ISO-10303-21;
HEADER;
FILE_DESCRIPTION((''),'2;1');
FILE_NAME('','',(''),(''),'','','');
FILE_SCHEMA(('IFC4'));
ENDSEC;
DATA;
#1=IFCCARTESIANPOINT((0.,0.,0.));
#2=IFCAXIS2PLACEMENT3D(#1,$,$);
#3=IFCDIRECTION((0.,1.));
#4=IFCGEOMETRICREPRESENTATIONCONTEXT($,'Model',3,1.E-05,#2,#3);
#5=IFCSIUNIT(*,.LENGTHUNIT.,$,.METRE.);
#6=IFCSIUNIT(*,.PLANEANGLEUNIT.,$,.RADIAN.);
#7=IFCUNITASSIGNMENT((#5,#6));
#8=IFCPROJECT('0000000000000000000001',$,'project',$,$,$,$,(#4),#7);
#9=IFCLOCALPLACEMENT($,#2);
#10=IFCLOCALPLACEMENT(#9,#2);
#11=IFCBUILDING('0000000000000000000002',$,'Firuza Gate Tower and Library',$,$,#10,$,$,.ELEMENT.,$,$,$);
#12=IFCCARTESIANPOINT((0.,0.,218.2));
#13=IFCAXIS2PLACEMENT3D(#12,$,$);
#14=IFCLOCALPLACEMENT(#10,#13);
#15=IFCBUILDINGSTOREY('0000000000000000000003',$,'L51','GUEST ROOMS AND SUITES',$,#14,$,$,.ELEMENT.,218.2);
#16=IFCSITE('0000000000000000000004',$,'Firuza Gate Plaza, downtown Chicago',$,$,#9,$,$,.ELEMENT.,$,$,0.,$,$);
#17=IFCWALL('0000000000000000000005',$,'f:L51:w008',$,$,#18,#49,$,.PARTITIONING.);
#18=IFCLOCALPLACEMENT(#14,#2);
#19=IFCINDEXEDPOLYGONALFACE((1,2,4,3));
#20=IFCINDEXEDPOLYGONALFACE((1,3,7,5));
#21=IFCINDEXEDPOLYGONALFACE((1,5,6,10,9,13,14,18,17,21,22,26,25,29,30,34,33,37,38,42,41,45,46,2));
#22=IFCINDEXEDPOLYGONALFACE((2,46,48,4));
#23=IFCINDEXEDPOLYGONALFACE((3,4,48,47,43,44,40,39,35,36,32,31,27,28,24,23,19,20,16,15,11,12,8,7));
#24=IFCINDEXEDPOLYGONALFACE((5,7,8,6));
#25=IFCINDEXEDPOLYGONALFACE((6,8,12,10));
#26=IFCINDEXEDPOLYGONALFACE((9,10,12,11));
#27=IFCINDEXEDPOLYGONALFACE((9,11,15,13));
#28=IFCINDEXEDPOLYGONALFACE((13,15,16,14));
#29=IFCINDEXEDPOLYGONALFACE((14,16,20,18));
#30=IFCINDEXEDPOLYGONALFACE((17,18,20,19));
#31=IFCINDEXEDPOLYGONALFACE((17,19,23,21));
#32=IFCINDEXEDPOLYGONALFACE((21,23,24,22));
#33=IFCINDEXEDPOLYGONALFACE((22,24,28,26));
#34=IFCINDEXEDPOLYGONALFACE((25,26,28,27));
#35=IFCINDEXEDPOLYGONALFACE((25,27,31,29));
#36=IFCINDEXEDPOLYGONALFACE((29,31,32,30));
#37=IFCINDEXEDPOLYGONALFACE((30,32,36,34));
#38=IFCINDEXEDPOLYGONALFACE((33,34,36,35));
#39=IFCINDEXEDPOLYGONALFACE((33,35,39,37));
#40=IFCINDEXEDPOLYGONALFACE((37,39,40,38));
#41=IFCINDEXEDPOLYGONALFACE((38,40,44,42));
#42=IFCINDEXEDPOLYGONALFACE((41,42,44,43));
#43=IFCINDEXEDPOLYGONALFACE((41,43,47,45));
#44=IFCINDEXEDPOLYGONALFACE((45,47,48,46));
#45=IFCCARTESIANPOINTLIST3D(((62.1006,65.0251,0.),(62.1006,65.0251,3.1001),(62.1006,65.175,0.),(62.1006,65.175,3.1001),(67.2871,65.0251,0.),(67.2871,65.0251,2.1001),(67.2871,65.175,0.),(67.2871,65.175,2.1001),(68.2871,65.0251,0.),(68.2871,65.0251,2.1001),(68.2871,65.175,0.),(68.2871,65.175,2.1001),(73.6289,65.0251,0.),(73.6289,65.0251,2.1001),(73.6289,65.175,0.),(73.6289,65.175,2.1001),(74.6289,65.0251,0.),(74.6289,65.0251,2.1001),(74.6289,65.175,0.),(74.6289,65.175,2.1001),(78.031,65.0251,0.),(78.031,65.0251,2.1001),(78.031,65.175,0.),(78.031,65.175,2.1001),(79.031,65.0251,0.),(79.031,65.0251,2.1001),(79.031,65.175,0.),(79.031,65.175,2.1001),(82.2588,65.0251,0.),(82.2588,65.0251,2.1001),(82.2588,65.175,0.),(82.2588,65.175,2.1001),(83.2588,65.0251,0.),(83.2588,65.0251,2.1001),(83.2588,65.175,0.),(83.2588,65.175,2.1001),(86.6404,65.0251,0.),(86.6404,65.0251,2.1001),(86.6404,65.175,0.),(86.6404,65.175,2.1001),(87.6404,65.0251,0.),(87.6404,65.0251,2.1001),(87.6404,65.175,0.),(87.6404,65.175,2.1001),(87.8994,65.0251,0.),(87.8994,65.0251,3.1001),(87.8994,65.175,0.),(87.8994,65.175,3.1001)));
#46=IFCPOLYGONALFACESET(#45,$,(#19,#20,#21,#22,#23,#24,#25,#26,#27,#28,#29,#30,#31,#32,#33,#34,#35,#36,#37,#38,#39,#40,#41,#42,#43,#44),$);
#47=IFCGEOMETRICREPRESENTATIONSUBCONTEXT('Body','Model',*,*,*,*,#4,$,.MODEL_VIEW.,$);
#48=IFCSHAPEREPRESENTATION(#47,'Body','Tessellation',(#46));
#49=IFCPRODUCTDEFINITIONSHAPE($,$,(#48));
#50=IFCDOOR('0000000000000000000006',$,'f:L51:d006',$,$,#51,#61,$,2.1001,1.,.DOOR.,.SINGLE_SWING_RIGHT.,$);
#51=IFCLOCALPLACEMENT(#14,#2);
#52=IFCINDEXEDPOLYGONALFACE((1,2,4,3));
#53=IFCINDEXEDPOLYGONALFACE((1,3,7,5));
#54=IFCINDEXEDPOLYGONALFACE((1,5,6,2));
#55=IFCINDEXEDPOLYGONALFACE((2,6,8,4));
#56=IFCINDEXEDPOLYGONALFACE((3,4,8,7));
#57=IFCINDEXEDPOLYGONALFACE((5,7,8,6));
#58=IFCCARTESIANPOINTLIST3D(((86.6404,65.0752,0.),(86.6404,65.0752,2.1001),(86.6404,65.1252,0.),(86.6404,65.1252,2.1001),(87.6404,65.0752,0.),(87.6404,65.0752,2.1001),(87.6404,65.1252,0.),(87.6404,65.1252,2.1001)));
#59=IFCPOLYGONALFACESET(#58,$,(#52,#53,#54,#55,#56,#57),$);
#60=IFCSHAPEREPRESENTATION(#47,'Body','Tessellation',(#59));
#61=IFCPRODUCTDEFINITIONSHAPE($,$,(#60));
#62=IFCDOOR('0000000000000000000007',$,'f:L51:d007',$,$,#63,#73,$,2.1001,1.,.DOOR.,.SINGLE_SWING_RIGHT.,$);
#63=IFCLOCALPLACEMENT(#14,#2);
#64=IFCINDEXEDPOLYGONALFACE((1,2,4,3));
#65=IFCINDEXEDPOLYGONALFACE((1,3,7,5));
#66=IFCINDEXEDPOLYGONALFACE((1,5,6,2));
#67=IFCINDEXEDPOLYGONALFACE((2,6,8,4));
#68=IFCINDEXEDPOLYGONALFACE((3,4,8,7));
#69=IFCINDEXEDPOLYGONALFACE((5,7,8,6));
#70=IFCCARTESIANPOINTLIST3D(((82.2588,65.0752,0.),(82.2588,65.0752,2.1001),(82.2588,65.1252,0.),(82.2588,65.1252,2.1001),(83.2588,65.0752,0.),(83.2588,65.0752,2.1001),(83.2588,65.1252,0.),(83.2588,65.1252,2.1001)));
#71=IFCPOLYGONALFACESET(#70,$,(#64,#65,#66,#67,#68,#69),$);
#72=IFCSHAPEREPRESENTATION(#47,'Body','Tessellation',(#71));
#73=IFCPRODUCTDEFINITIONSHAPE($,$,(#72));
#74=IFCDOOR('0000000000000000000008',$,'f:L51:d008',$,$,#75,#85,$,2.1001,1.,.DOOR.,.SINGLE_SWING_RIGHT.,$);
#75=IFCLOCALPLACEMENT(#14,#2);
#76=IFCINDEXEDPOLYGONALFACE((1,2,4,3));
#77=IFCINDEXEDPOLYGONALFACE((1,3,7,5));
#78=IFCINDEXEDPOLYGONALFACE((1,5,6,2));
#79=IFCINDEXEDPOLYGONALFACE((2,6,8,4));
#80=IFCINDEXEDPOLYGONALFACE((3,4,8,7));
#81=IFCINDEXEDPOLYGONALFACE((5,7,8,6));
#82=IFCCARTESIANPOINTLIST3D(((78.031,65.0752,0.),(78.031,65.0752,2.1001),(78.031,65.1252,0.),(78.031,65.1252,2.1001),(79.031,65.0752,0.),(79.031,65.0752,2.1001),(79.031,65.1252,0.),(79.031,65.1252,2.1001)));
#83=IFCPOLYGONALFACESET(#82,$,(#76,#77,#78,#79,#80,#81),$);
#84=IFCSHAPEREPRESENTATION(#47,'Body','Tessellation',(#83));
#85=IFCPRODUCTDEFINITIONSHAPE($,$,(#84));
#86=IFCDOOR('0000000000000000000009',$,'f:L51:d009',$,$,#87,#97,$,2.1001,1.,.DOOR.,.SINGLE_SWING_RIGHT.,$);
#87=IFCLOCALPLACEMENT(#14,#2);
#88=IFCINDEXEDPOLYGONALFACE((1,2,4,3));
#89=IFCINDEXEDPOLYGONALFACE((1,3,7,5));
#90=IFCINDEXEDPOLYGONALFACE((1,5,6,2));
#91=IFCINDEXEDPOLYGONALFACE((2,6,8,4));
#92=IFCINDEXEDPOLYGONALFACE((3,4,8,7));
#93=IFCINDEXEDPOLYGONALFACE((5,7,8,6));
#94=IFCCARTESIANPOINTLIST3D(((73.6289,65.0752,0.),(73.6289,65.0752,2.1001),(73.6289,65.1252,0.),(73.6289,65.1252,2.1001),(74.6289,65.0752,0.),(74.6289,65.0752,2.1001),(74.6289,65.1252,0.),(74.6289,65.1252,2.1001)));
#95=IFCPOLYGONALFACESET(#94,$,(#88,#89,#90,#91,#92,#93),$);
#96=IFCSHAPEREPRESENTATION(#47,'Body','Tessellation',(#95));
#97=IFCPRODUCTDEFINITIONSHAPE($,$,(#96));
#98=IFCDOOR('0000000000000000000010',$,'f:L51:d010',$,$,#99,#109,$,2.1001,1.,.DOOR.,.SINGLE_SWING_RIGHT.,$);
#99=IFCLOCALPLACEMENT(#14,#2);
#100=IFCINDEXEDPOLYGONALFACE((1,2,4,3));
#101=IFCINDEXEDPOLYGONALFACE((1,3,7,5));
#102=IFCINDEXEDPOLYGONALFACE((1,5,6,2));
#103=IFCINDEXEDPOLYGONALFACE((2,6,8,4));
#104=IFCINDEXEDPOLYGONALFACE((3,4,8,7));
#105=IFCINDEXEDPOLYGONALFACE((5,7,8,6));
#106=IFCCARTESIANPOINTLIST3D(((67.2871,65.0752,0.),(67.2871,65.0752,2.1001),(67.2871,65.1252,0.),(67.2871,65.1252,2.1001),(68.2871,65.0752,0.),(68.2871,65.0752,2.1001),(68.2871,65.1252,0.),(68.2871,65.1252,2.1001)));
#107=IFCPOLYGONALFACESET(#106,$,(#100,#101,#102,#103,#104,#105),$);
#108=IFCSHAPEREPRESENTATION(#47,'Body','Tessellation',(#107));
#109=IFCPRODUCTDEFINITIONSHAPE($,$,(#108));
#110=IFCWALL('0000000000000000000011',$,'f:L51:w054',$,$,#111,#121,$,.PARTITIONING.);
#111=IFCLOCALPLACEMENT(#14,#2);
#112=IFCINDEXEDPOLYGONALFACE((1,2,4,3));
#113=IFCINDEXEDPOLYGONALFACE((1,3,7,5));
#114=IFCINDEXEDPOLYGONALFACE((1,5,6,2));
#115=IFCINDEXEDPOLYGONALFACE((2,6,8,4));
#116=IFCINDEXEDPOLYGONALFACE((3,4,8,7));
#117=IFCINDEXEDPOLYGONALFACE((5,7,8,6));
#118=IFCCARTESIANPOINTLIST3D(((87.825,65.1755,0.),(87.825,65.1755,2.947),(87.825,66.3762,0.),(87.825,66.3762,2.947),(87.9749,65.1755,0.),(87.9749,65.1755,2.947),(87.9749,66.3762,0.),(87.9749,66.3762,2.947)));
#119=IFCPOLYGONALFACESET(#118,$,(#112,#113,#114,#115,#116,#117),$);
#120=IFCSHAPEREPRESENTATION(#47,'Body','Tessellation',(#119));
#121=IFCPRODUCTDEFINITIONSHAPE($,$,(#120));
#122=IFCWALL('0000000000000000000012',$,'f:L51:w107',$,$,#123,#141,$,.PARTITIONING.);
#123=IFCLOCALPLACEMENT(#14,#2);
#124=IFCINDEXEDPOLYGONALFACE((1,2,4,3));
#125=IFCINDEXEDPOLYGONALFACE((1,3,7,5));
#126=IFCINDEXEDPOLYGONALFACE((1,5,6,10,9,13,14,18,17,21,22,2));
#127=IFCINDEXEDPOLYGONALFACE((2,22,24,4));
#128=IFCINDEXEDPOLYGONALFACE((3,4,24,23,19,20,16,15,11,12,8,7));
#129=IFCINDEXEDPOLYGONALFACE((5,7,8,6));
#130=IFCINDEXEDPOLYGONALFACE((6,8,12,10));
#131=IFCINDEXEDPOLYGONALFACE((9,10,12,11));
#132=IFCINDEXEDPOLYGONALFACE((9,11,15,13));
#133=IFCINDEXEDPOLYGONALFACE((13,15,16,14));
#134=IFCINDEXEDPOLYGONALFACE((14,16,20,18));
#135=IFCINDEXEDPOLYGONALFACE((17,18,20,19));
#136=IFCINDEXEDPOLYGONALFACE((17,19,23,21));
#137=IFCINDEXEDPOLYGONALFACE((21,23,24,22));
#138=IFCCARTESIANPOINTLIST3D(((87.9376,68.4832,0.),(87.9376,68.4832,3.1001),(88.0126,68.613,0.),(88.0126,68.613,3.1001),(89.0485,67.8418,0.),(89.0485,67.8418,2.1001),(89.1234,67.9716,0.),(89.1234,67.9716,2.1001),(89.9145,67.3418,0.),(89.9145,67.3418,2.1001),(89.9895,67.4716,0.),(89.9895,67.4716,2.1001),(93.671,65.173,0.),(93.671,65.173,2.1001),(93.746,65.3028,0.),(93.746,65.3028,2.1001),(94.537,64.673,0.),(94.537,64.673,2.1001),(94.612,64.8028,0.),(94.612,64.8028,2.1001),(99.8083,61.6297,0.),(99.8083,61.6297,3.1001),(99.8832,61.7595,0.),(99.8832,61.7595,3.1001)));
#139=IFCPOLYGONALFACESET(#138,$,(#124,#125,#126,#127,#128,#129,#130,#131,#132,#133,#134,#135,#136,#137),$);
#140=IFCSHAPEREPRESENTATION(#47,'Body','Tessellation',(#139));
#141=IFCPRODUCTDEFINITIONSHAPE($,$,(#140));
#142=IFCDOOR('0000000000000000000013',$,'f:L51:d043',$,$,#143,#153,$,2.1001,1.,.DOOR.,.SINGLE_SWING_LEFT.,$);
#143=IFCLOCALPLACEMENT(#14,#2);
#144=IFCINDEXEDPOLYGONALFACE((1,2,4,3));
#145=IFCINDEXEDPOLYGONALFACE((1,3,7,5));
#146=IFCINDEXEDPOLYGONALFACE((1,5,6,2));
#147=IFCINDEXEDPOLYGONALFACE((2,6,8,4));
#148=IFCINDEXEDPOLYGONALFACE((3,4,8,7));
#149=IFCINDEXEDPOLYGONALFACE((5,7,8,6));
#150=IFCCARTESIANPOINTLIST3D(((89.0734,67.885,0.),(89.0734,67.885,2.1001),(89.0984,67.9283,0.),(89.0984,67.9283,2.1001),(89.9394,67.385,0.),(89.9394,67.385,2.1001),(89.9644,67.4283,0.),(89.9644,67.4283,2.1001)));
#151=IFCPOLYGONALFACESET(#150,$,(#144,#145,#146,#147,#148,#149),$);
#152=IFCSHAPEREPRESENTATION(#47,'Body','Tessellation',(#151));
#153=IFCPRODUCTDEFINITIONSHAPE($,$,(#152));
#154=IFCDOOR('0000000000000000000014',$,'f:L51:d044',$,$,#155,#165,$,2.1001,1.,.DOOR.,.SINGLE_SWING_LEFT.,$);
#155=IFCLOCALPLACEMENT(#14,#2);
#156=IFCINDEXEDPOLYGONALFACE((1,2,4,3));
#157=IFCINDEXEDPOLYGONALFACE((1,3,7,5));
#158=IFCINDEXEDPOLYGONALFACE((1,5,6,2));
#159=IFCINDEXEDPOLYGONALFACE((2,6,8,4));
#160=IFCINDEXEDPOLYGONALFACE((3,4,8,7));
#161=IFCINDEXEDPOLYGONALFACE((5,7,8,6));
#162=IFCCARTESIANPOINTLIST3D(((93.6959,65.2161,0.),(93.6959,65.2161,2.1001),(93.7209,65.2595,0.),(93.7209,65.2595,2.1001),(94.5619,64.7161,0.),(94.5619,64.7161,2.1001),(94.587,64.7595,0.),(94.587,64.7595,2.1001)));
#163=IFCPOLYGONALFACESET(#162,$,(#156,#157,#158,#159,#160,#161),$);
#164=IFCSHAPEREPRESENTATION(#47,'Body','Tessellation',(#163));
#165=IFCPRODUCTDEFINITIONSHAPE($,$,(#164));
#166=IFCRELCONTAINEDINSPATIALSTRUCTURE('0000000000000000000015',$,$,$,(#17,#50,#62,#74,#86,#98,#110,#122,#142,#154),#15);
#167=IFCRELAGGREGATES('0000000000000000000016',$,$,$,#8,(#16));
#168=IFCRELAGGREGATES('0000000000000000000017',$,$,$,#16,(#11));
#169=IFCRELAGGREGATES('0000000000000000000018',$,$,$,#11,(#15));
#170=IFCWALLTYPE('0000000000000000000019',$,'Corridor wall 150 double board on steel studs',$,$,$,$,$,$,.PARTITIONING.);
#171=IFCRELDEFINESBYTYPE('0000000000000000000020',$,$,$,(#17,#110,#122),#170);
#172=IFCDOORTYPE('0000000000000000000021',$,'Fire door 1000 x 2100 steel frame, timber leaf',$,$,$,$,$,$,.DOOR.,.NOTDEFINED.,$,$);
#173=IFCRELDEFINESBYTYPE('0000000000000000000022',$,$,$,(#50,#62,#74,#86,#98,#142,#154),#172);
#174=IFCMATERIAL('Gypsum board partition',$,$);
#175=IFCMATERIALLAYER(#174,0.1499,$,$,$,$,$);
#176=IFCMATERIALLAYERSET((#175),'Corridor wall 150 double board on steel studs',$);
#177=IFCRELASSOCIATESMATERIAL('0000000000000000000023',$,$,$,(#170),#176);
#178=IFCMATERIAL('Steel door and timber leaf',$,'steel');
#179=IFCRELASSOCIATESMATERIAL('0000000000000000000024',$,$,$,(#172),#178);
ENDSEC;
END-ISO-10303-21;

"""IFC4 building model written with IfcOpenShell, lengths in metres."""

from ifc_helpers import new_model, si_unit, direction, frame, frame_2d, origin, place, context, subcontext, project, spatial, rectangle, extrude, material, layer, layer_set, type_object, element, fill, save


model = new_model("IFC4")

# Units and contexts
model_context = context("Model", 3, precision=1e-05, world=origin(), true_north=direction((0.0, 1.0)))
body_context = subcontext(model_context, "Body", "Model", "MODEL_VIEW")
ifc_project = project(units=[si_unit("LENGTHUNIT", "METRE"), si_unit("PLANEANGLEUNIT", "RADIAN")], contexts=[model_context])

# Site, building, storey
site_placement = place(None, origin())
site = spatial("IfcSite", under=ifc_project, at=site_placement, Name="Firuza Gate Plaza, downtown Chicago", CompositionType="ELEMENT", RefElevation=0.0)
building_placement = place(site_placement, origin())
building = spatial("IfcBuilding", under=site, at=building_placement, Name="Firuza Gate Tower and Library", CompositionType="ELEMENT")
storey_placement = place(building_placement, frame((0.0, 0.0, 218.2)))
storey = spatial("IfcBuildingStorey", under=building, at=storey_placement, Name="L51", Description="GUEST ROOMS AND SUITES", CompositionType="ELEMENT", Elevation=218.2)

# Wall, openings, doors
ifc_material_1 = material(Name="Gypsum board partition")
ifc_layer_1 = layer(ifc_material_1, 0.1499)
ifc_layer_set_1 = layer_set([ifc_layer_1], Name="Corridor wall 150 double board on steel studs")
wall_type_1 = type_object("IfcWallType", Name="Corridor wall 150 double board on steel studs", PredefinedType="PARTITIONING", material=ifc_layer_set_1)
wall_1_placement = place(storey_placement, frame((87.8994, 65.1001, 0.0), z_axis=(0.0, 0.0, 1.0), x_axis=(-1.0, 0.0, 0.0)))
wall_1 = element("IfcWall", 1, at=wall_1_placement, inside=storey, type_object=wall_type_1, Name="f:L51:w008", PredefinedType="PARTITIONING", context=body_context, shape_type="SweptSolid", body=[
    extrude(rectangle(XDim=25.7988, YDim=0.1499, at=frame_2d((12.8994, 0.0))), origin(), (0.0, 0.0, 1.0), 3.1001),
])
opening_1_placement = place(wall_1_placement, frame((0.259, 0.0, 0.0)))
opening_1 = element("IfcOpeningElement", 2, at=opening_1_placement, cuts=wall_1, PredefinedType="OPENING", context=body_context, shape_type="SweptSolid", body=[
    extrude(rectangle(XDim=1.0, YDim=2.1001, at=frame_2d((0.5, 1.05))), frame((0.0, 0.085, 0.0), z_axis=(0.0, -1.0, 0.0), x_axis=(1.0, 0.0, 0.0)), (0.0, 0.0, 1.0), 0.1699),
])
opening_2_placement = place(wall_1_placement, frame((4.6406, 0.0, 0.0)))
opening_2 = element("IfcOpeningElement", 3, at=opening_2_placement, cuts=wall_1, PredefinedType="OPENING", context=body_context, shape_type="SweptSolid", body=[
    extrude(rectangle(XDim=1.0, YDim=2.1001, at=frame_2d((0.5, 1.05))), frame((0.0, 0.085, 0.0), z_axis=(0.0, -1.0, 0.0), x_axis=(1.0, 0.0, 0.0)), (0.0, 0.0, 1.0), 0.1699),
])
opening_3_placement = place(wall_1_placement, frame((8.8684, 0.0, 0.0)))
opening_3 = element("IfcOpeningElement", 4, at=opening_3_placement, cuts=wall_1, PredefinedType="OPENING", context=body_context, shape_type="SweptSolid", body=[
    extrude(rectangle(XDim=1.0, YDim=2.1001, at=frame_2d((0.5, 1.05))), frame((0.0, 0.085, 0.0), z_axis=(0.0, -1.0, 0.0), x_axis=(1.0, 0.0, 0.0)), (0.0, 0.0, 1.0), 0.1699),
])
opening_4_placement = place(wall_1_placement, frame((13.2705, 0.0, 0.0)))
opening_4 = element("IfcOpeningElement", 5, at=opening_4_placement, cuts=wall_1, PredefinedType="OPENING", context=body_context, shape_type="SweptSolid", body=[
    extrude(rectangle(XDim=1.0, YDim=2.1001, at=frame_2d((0.5, 1.05))), frame((0.0, 0.085, 0.0), z_axis=(0.0, -1.0, 0.0), x_axis=(1.0, 0.0, 0.0)), (0.0, 0.0, 1.0), 0.1699),
])
opening_5_placement = place(wall_1_placement, frame((19.6123, 0.0, 0.0)))
opening_5 = element("IfcOpeningElement", 6, at=opening_5_placement, cuts=wall_1, PredefinedType="OPENING", context=body_context, shape_type="SweptSolid", body=[
    extrude(rectangle(XDim=1.0, YDim=2.1001, at=frame_2d((0.5, 1.05))), frame((0.0, 0.085, 0.0), z_axis=(0.0, -1.0, 0.0), x_axis=(1.0, 0.0, 0.0)), (0.0, 0.0, 1.0), 0.1699),
])
ifc_material_2 = material(Name="Steel door and timber leaf", Category="steel")
door_type_1 = type_object("IfcDoorType", Name="Fire door 1000 x 2100 steel frame, timber leaf", OperationType="NOTDEFINED", PredefinedType="DOOR", material=ifc_material_2)
door_1_placement = place(opening_1_placement, origin())
door_1 = element("IfcDoor", 7, at=door_1_placement, inside=storey, type_object=door_type_1, Name="f:L51:d006", OperationType="SINGLE_SWING_RIGHT", OverallHeight=2.1001, OverallWidth=1.0, PredefinedType="DOOR", context=body_context, shape_type="SweptSolid", body=[
    extrude(rectangle(XDim=1.0, YDim=2.1001, at=frame_2d((0.5, 1.05))), frame((0.0, 0.0249, 0.0), z_axis=(0.0, -1.0, 0.0), x_axis=(1.0, 0.0, 0.0)), (0.0, 0.0, 1.0), 0.05),
])
fill(opening_1, door_1)
door_2_placement = place(opening_2_placement, origin())
door_2 = element("IfcDoor", 8, at=door_2_placement, inside=storey, type_object=door_type_1, Name="f:L51:d007", OperationType="SINGLE_SWING_RIGHT", OverallHeight=2.1001, OverallWidth=1.0, PredefinedType="DOOR", context=body_context, shape_type="SweptSolid", body=[
    extrude(rectangle(XDim=1.0, YDim=2.1001, at=frame_2d((0.5, 1.05))), frame((0.0, 0.0249, 0.0), z_axis=(0.0, -1.0, 0.0), x_axis=(1.0, 0.0, 0.0)), (0.0, 0.0, 1.0), 0.05),
])
fill(opening_2, door_2)
door_3_placement = place(opening_3_placement, origin())
door_3 = element("IfcDoor", 9, at=door_3_placement, inside=storey, type_object=door_type_1, Name="f:L51:d008", OperationType="SINGLE_SWING_RIGHT", OverallHeight=2.1001, OverallWidth=1.0, PredefinedType="DOOR", context=body_context, shape_type="SweptSolid", body=[
    extrude(rectangle(XDim=1.0, YDim=2.1001, at=frame_2d((0.5, 1.05))), frame((0.0, 0.0249, 0.0), z_axis=(0.0, -1.0, 0.0), x_axis=(1.0, 0.0, 0.0)), (0.0, 0.0, 1.0), 0.05),
])
fill(opening_3, door_3)
door_4_placement = place(opening_4_placement, origin())
door_4 = element("IfcDoor", 10, at=door_4_placement, inside=storey, type_object=door_type_1, Name="f:L51:d009", OperationType="SINGLE_SWING_RIGHT", OverallHeight=2.1001, OverallWidth=1.0, PredefinedType="DOOR", context=body_context, shape_type="SweptSolid", body=[
    extrude(rectangle(XDim=1.0, YDim=2.1001, at=frame_2d((0.5, 1.05))), frame((0.0, 0.0249, 0.0), z_axis=(0.0, -1.0, 0.0), x_axis=(1.0, 0.0, 0.0)), (0.0, 0.0, 1.0), 0.05),
])
fill(opening_4, door_4)
door_5_placement = place(opening_5_placement, origin())
door_5 = element("IfcDoor", 11, at=door_5_placement, inside=storey, type_object=door_type_1, Name="f:L51:d010", OperationType="SINGLE_SWING_RIGHT", OverallHeight=2.1001, OverallWidth=1.0, PredefinedType="DOOR", context=body_context, shape_type="SweptSolid", body=[
    extrude(rectangle(XDim=1.0, YDim=2.1001, at=frame_2d((0.5, 1.05))), frame((0.0, 0.0249, 0.0), z_axis=(0.0, -1.0, 0.0), x_axis=(1.0, 0.0, 0.0)), (0.0, 0.0, 1.0), 0.05),
])
fill(opening_5, door_5)

# Wall
wall_2_placement = place(storey_placement, frame((87.8999, 65.1755, 0.0), z_axis=(0.0, 0.0, 1.0), x_axis=(0.0, 1.0, 0.0)))
element("IfcWall", 12, at=wall_2_placement, inside=storey, type_object=wall_type_1, Name="f:L51:w054", PredefinedType="PARTITIONING", context=body_context, shape_type="SweptSolid", body=[
    extrude(rectangle(XDim=1.2007, YDim=0.1499, at=frame_2d((0.6003, 0.0))), origin(), (0.0, 0.0, 1.0), 2.947),
])

# Wall, openings, doors
wall_3_placement = place(storey_placement, frame((87.9751, 68.5481, 0.0), z_axis=(0.0, 0.0, 1.0), x_axis=(0.866025, -0.500001, 0.0)))
wall_3 = element("IfcWall", 13, at=wall_3_placement, inside=storey, type_object=wall_type_1, Name="f:L51:w107", PredefinedType="PARTITIONING", context=body_context, shape_type="SweptSolid", body=[
    extrude(rectangle(XDim=13.707, YDim=0.1499, at=frame_2d((6.8535, 0.0))), origin(), (0.0, 0.0, 1.0), 3.1001),
])
opening_6_placement = place(wall_3_placement, frame((1.2827, 0.0, 0.0)))
opening_6 = element("IfcOpeningElement", 14, at=opening_6_placement, cuts=wall_3, PredefinedType="OPENING", context=body_context, shape_type="SweptSolid", body=[
    extrude(rectangle(XDim=1.0, YDim=2.1001, at=frame_2d((0.5, 1.05))), frame((0.0, 0.085, 0.0), z_axis=(0.0, -1.0, 0.0), x_axis=(1.0, 0.0, 0.0)), (0.0, 0.0, 1.0), 0.1699),
])
opening_7_placement = place(wall_3_placement, frame((6.6204, 0.0, 0.0)))
opening_7 = element("IfcOpeningElement", 15, at=opening_7_placement, cuts=wall_3, PredefinedType="OPENING", context=body_context, shape_type="SweptSolid", body=[
    extrude(rectangle(XDim=1.0, YDim=2.1001, at=frame_2d((0.5, 1.05))), frame((0.0, 0.085, 0.0), z_axis=(0.0, -1.0, 0.0), x_axis=(1.0, 0.0, 0.0)), (0.0, 0.0, 1.0), 0.1699),
])
door_6_placement = place(opening_6_placement, origin())
door_6 = element("IfcDoor", 16, at=door_6_placement, inside=storey, type_object=door_type_1, Name="f:L51:d043", OperationType="SINGLE_SWING_LEFT", OverallHeight=2.1001, OverallWidth=1.0, PredefinedType="DOOR", context=body_context, shape_type="SweptSolid", body=[
    extrude(rectangle(XDim=1.0, YDim=2.1001, at=frame_2d((0.5, 1.05))), frame((0.0, 0.0249, 0.0), z_axis=(0.0, -1.0, 0.0), x_axis=(1.0, 0.0, 0.0)), (0.0, 0.0, 1.0), 0.05),
])
fill(opening_6, door_6)
door_7_placement = place(opening_7_placement, origin())
door_7 = element("IfcDoor", 17, at=door_7_placement, inside=storey, type_object=door_type_1, Name="f:L51:d044", OperationType="SINGLE_SWING_LEFT", OverallHeight=2.1001, OverallWidth=1.0, PredefinedType="DOOR", context=body_context, shape_type="SweptSolid", body=[
    extrude(rectangle(XDim=1.0, YDim=2.1001, at=frame_2d((0.5, 1.05))), frame((0.0, 0.0249, 0.0), z_axis=(0.0, -1.0, 0.0), x_axis=(1.0, 0.0, 0.0)), (0.0, 0.0, 1.0), 0.05),
])
fill(opening_7, door_7)

save(model, "model.ifc")
